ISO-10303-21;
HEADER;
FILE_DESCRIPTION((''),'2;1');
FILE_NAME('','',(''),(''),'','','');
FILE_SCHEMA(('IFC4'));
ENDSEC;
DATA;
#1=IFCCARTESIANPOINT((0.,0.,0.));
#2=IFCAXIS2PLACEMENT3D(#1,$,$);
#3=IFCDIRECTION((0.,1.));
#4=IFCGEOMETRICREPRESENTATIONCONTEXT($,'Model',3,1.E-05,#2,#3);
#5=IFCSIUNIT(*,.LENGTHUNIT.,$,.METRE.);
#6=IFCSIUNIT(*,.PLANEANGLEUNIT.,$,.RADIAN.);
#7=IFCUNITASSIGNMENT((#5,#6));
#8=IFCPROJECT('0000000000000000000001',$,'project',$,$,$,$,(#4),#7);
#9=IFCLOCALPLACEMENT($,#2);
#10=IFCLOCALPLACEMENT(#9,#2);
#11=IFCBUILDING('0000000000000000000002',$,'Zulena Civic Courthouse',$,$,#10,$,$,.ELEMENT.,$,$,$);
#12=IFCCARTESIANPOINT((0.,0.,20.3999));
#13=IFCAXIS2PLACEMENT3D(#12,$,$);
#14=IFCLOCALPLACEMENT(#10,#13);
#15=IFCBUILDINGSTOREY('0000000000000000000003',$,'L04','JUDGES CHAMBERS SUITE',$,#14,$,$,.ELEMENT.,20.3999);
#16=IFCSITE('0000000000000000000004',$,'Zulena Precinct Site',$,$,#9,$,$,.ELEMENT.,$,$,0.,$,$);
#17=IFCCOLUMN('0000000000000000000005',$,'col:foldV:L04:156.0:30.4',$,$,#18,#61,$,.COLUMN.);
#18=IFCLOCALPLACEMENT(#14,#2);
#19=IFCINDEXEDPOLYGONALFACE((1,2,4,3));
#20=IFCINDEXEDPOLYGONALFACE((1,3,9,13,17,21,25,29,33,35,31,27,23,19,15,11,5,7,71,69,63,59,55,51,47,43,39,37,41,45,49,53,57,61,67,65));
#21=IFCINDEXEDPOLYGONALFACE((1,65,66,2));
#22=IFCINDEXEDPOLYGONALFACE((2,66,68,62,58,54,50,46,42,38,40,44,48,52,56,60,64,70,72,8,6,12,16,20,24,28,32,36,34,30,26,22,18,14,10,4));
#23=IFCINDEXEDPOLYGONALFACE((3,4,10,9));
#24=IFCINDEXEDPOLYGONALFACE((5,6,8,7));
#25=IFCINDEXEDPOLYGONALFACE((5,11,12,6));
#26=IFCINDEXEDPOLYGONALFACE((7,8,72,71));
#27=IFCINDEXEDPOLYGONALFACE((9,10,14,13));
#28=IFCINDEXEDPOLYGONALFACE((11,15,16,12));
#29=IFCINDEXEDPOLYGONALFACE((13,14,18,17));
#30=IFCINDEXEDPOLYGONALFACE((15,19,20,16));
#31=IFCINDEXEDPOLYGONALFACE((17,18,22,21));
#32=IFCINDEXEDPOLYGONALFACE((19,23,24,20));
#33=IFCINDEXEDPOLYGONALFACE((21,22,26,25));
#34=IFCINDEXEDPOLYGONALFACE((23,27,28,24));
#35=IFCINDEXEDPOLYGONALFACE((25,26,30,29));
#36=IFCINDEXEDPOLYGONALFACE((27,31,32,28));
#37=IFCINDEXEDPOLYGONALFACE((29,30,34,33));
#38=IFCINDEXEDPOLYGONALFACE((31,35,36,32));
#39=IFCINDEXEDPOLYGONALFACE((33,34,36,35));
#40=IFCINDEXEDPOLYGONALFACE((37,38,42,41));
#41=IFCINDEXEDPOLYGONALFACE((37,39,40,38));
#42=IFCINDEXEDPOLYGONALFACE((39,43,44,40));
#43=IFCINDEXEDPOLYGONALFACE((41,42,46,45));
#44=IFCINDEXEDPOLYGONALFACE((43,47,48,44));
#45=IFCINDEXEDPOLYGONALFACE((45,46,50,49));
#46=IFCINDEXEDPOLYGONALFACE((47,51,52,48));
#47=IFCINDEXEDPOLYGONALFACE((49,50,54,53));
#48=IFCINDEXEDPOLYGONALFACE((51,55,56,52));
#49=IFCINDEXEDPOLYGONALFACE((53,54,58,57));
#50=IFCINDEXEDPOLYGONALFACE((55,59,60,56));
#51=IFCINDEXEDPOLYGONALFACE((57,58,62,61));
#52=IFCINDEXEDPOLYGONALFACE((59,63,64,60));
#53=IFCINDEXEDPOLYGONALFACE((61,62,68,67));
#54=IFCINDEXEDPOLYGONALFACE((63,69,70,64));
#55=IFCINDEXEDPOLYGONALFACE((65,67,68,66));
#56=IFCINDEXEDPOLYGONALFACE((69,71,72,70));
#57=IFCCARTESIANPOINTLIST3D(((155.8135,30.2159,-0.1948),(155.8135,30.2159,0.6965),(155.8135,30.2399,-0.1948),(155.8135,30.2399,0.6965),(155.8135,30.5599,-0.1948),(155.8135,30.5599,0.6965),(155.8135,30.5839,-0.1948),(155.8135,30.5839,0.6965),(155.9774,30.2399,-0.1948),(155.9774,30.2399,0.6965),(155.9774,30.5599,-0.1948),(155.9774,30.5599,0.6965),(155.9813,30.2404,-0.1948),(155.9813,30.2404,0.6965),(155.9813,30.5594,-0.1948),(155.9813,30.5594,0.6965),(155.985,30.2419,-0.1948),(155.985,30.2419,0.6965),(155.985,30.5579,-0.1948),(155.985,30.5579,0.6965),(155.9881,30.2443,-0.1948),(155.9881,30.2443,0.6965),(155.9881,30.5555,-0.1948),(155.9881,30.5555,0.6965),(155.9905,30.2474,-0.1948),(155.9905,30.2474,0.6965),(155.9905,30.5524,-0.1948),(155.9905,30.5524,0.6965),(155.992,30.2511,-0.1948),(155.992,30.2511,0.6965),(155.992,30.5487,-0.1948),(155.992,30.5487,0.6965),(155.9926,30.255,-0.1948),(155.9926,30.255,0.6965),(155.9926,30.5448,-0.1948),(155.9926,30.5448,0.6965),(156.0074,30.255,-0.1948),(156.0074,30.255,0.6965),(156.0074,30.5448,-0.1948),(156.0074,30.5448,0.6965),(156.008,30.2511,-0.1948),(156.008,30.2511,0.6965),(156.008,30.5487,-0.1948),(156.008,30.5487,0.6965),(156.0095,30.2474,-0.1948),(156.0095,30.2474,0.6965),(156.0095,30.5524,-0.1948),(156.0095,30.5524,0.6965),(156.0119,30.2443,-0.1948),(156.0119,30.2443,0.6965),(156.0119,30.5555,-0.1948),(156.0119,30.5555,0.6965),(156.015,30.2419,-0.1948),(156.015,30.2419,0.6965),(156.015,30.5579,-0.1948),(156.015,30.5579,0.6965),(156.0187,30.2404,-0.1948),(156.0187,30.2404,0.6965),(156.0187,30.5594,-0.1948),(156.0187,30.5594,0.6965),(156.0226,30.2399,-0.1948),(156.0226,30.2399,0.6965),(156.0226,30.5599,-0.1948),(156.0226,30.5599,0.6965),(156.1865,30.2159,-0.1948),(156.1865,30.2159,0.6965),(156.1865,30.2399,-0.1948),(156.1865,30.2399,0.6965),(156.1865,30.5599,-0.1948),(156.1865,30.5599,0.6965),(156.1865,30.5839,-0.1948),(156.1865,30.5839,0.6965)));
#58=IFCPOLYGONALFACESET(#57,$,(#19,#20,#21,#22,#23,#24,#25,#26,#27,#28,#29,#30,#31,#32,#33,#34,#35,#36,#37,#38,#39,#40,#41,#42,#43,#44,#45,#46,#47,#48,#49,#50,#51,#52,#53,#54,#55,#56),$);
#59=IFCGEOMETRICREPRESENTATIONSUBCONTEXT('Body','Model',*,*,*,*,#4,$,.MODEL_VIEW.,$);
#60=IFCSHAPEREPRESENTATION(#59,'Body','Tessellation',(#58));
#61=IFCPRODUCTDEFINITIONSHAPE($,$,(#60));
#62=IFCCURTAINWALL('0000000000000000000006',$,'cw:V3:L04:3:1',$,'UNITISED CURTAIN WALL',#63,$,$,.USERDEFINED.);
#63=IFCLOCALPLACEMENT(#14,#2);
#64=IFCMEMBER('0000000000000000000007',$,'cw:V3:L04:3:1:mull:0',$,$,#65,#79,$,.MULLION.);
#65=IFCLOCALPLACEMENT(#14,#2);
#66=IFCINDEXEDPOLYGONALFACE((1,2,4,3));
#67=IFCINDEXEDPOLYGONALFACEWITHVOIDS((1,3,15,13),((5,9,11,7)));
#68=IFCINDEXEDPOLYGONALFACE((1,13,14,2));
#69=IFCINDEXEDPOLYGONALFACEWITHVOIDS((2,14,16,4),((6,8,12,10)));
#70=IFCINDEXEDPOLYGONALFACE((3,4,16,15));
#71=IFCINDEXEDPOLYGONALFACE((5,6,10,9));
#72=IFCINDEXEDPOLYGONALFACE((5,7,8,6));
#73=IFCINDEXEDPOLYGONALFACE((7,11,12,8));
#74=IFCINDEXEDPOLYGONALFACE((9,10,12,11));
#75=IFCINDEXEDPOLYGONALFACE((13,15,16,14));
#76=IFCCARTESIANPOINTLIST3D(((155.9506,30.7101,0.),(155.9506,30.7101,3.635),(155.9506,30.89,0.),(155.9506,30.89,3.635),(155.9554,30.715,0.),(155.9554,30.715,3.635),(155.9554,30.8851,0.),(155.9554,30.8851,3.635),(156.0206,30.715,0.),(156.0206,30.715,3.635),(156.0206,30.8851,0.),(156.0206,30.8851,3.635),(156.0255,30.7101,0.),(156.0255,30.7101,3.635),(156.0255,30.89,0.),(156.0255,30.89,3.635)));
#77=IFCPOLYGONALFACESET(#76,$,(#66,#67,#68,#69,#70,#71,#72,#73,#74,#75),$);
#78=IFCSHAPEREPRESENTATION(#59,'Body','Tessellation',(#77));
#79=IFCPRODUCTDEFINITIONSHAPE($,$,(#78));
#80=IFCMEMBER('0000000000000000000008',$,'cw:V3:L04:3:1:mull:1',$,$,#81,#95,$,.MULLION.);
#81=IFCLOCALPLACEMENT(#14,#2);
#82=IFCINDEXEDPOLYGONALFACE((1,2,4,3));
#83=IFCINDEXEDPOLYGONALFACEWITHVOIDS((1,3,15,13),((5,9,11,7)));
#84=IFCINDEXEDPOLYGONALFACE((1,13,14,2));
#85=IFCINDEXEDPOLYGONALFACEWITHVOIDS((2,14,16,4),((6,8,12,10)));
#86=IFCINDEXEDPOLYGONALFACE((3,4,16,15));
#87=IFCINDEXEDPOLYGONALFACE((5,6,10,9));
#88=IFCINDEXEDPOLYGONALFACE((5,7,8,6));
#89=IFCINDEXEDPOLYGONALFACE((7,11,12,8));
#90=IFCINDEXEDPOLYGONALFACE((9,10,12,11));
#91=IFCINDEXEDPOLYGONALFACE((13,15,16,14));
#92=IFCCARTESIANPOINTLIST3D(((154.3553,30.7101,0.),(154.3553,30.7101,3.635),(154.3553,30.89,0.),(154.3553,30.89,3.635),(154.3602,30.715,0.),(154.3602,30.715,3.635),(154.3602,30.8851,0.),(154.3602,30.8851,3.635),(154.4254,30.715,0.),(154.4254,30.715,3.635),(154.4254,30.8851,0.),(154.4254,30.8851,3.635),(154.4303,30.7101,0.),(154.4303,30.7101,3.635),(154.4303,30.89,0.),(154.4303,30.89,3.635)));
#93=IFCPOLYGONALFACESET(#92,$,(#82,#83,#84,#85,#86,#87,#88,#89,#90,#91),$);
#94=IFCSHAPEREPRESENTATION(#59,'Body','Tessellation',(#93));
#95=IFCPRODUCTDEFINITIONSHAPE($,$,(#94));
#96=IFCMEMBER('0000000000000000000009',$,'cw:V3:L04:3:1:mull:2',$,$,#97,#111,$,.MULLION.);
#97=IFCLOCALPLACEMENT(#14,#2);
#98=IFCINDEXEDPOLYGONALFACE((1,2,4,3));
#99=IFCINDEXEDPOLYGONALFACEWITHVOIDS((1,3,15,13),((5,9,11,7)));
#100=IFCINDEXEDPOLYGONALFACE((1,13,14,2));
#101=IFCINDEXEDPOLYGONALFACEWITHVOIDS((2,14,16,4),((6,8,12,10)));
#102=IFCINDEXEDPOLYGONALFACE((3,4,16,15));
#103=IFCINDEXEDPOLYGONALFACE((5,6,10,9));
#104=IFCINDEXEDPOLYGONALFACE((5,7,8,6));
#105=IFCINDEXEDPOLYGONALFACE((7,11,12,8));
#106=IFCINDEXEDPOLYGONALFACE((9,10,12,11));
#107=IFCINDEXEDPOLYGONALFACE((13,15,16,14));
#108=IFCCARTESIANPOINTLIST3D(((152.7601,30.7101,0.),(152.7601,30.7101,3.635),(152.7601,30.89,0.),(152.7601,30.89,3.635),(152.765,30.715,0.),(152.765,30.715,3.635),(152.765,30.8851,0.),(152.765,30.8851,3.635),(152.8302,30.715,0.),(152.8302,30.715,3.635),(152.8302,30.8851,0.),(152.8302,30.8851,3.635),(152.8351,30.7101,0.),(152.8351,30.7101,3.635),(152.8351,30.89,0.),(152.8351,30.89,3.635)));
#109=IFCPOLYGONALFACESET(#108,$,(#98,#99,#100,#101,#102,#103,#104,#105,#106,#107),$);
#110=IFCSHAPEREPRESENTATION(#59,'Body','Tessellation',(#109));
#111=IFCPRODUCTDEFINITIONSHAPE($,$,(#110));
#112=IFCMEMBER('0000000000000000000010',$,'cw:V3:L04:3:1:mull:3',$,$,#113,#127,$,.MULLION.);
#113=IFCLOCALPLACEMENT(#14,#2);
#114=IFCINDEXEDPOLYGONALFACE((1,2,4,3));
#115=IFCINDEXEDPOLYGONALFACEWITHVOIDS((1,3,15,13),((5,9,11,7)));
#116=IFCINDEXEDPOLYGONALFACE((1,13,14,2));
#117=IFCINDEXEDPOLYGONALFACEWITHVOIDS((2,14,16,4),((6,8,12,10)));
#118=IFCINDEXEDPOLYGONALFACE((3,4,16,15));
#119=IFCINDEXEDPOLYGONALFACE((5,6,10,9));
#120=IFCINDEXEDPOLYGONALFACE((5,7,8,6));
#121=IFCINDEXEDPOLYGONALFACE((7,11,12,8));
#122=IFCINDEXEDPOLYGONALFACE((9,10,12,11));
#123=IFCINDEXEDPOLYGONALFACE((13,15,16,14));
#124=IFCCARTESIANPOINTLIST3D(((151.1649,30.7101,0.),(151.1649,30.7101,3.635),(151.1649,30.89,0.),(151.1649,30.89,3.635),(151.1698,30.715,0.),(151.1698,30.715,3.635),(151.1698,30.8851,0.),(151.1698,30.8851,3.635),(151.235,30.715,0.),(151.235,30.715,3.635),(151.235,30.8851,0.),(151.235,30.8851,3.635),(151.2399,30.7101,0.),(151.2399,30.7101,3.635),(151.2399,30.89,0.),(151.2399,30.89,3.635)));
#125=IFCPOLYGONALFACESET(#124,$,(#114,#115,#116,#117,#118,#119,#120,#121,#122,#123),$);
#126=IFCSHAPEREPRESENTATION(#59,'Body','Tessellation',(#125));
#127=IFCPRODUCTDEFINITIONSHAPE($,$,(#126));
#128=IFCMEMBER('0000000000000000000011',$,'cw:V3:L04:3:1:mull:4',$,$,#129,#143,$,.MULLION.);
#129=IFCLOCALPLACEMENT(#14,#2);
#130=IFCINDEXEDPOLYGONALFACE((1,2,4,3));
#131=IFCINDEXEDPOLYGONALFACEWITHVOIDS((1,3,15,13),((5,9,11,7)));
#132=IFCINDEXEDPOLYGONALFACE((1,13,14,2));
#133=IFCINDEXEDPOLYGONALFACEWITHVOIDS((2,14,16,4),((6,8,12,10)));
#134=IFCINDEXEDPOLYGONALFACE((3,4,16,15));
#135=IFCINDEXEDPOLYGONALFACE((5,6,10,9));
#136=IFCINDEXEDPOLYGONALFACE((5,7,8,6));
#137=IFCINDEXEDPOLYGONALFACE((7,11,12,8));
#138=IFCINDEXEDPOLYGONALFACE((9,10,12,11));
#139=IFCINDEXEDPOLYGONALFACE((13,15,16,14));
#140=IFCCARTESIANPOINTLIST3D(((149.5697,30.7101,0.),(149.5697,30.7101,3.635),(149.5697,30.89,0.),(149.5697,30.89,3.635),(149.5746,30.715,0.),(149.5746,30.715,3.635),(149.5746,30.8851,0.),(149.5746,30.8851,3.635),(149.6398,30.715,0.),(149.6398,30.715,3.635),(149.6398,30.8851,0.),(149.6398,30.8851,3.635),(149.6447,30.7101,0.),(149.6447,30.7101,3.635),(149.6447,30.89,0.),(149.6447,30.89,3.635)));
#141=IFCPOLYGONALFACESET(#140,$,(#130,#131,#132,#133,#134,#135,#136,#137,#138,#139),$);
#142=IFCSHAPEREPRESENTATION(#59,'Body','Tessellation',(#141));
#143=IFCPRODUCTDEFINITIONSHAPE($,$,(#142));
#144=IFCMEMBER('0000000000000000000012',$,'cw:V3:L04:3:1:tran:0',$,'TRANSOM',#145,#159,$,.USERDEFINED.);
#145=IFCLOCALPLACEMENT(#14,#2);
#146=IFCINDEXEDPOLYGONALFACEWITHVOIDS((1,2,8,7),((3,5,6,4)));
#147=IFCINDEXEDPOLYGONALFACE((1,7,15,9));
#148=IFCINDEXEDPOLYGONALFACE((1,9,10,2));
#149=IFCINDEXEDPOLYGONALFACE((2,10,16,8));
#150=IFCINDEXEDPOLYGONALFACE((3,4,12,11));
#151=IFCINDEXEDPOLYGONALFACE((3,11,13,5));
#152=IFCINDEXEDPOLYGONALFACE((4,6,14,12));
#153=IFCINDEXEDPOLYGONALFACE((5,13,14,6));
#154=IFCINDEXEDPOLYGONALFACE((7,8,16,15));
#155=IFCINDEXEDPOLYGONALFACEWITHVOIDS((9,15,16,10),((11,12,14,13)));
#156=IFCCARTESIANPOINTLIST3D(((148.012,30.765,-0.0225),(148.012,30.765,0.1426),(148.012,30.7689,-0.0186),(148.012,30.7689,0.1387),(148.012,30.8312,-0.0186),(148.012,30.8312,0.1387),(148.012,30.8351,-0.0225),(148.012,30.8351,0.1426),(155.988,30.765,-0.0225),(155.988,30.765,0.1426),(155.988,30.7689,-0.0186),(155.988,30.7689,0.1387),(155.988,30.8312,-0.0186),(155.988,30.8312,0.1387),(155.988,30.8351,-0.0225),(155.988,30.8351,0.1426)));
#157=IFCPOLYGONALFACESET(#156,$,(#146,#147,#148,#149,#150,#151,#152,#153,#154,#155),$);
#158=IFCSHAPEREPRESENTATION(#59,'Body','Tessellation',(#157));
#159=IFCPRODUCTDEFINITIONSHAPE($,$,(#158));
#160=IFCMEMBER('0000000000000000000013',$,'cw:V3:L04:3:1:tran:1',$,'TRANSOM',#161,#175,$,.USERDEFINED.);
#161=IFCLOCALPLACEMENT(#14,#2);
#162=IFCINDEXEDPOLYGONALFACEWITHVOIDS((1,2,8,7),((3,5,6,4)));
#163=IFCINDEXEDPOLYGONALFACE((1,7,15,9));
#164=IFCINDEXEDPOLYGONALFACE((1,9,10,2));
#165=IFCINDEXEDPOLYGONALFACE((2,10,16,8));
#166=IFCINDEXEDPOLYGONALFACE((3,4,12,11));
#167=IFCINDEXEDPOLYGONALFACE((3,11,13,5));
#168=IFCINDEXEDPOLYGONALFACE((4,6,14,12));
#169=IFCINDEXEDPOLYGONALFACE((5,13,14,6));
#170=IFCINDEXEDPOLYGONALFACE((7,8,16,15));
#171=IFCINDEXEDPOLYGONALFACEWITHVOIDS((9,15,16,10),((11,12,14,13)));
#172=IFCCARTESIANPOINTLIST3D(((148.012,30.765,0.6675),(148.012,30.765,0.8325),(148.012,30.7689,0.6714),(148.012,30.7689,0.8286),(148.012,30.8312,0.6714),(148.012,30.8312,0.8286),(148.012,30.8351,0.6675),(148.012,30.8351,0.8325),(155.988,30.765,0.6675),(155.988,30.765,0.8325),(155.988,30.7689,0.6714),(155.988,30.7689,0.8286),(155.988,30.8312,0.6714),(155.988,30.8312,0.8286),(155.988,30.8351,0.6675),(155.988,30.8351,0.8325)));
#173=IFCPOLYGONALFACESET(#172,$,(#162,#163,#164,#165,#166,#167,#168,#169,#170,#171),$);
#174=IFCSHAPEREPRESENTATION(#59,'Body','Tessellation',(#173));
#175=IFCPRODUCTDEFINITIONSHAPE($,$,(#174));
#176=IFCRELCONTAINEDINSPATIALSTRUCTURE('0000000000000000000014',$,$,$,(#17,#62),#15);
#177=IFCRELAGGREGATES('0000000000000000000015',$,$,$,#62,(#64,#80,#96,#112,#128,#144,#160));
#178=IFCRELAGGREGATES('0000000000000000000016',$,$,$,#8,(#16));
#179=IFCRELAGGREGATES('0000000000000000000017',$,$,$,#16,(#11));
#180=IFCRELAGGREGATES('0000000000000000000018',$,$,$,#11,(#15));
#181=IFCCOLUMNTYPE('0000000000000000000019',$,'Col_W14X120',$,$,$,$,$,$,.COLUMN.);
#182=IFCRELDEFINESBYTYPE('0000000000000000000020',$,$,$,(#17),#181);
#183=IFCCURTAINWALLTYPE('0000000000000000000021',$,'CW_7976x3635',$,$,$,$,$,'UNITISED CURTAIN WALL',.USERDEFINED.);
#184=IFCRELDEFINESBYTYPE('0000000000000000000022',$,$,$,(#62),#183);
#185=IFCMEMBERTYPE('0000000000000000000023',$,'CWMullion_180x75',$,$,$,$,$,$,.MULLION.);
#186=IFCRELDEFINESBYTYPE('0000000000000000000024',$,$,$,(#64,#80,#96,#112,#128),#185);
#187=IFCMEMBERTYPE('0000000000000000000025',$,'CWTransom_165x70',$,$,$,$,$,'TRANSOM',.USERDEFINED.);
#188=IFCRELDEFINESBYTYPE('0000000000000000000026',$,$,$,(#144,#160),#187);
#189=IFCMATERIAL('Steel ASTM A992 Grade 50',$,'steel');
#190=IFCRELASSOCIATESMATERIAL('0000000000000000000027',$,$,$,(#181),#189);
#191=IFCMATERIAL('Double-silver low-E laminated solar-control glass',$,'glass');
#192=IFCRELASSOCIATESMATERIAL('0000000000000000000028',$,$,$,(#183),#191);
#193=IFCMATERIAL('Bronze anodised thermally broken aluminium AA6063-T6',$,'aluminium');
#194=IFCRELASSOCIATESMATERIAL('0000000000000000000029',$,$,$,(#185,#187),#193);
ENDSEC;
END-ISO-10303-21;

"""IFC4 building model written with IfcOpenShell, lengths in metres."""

from ifc_helpers import new_model, si_unit, direction, frame, origin, origin_2d, place, context, subcontext, project, spatial, hollow_rectangle, i_section, extrude, material, material_profile, profile_set, type_object, element, aggregate, save


model = new_model("IFC4")

# Units and contexts
model_context = context("Model", 3, precision=1e-05, world=origin(), true_north=direction((0.0, 1.0)))
body_context = subcontext(model_context, "Body", "Model", "MODEL_VIEW")
ifc_project = project(units=[si_unit("LENGTHUNIT", "METRE"), si_unit("PLANEANGLEUNIT", "RADIAN")], contexts=[model_context])

# Site, building, storey
site_placement = place(None, origin())
site = spatial("IfcSite", under=ifc_project, at=site_placement, Name="Zulena Precinct Site", CompositionType="ELEMENT", RefElevation=0.0)
building_placement = place(site_placement, origin())
building = spatial("IfcBuilding", under=site, at=building_placement, Name="Zulena Civic Courthouse", CompositionType="ELEMENT")
storey_placement = place(building_placement, frame((0.0, 0.0, 20.3999)))
storey = spatial("IfcBuildingStorey", under=building, at=storey_placement, Name="L04", Description="JUDGES CHAMBERS SUITE", CompositionType="ELEMENT", Elevation=20.3999)

# Column
ifc_material_1 = material(Name="Steel ASTM A992 Grade 50", Category="steel")
ifc_material_profile_1 = material_profile(ifc_material_1, i_section(OverallWidth=0.373, OverallDepth=0.3679, WebThickness=0.0149, FlangeThickness=0.0239, FilletRadius=0.0151, at=origin_2d()), Name="W14X120")
ifc_profile_set_1 = profile_set([ifc_material_profile_1], Name="Steel ASTM A992 Grade 50")
column_type = type_object("IfcColumnType", Name="Col_W14X120", PredefinedType="COLUMN", material=ifc_profile_set_1)
column_placement = place(storey_placement, frame((156.0, 30.3999, -0.1948), z_axis=(0.0, 0.0, 1.0), x_axis=(1.0, 0.0, 0.0)))
element("IfcColumn", 1, at=column_placement, inside=storey, type_object=column_type, Name="col:foldV:L04:156.0:30.4", PredefinedType="COLUMN", context=body_context, shape_type="SweptSolid", body=[
    extrude(i_section(OverallWidth=0.373, OverallDepth=0.3679, WebThickness=0.0149, FlangeThickness=0.0239, FilletRadius=0.0151, at=origin_2d()), origin(), (0.0, 0.0, 1.0), 0.8914),
])

# Curtain wall, members
ifc_material_2 = material(Name="Double-silver low-E laminated solar-control glass", Category="glass")
curtain_wall_type = type_object("IfcCurtainWallType", Name="CW_7976x3635", ElementType="UNITISED CURTAIN WALL", PredefinedType="USERDEFINED", material=ifc_material_2)
curtain_wall_placement = place(storey_placement, origin())
curtain_wall = element("IfcCurtainWall", 2, at=curtain_wall_placement, inside=storey, type_object=curtain_wall_type, Name="cw:V3:L04:3:1", ObjectType="UNITISED CURTAIN WALL", PredefinedType="USERDEFINED")
ifc_material_3 = material(Name="Bronze anodised thermally broken aluminium AA6063-T6", Category="aluminium")
ifc_material_profile_2 = material_profile(ifc_material_3, hollow_rectangle(XDim=0.075, YDim=0.1799, WallThickness=0.0049, at=origin_2d()), Name="CWM180X75X5")
ifc_profile_set_2 = profile_set([ifc_material_profile_2], Name="Bronze anodised thermally broken aluminium AA6063-T6")
member_type_1 = type_object("IfcMemberType", Name="CWMullion_180x75", PredefinedType="MULLION", material=ifc_profile_set_2)
member_1_placement = place(storey_placement, frame((155.988, 30.8, 0.0), z_axis=(0.0, 0.0, 1.0), x_axis=(1.0, 0.0, 0.0)))
member_1 = element("IfcMember", 3, at=member_1_placement, type_object=member_type_1, Name="cw:V3:L04:3:1:mull:0", PredefinedType="MULLION", context=body_context, shape_type="SweptSolid", body=[
    extrude(hollow_rectangle(XDim=0.075, YDim=0.1799, WallThickness=0.0049, at=origin_2d()), origin(), (0.0, 0.0, 1.0), 3.635),
])
member_2_placement = place(storey_placement, frame((154.3928, 30.8, 0.0), z_axis=(0.0, 0.0, 1.0), x_axis=(1.0, 0.0, 0.0)))
member_2 = element("IfcMember", 4, at=member_2_placement, type_object=member_type_1, Name="cw:V3:L04:3:1:mull:1", PredefinedType="MULLION", context=body_context, shape_type="SweptSolid", body=[
    extrude(hollow_rectangle(XDim=0.075, YDim=0.1799, WallThickness=0.0049, at=origin_2d()), origin(), (0.0, 0.0, 1.0), 3.635),
])
member_3_placement = place(storey_placement, frame((152.7976, 30.8, 0.0), z_axis=(0.0, 0.0, 1.0), x_axis=(1.0, 0.0, 0.0)))
member_3 = element("IfcMember", 5, at=member_3_placement, type_object=member_type_1, Name="cw:V3:L04:3:1:mull:2", PredefinedType="MULLION", context=body_context, shape_type="SweptSolid", body=[
    extrude(hollow_rectangle(XDim=0.075, YDim=0.1799, WallThickness=0.0049, at=origin_2d()), origin(), (0.0, 0.0, 1.0), 3.635),
])
member_4_placement = place(storey_placement, frame((151.2024, 30.8, 0.0), z_axis=(0.0, 0.0, 1.0), x_axis=(1.0, 0.0, 0.0)))
member_4 = element("IfcMember", 6, at=member_4_placement, type_object=member_type_1, Name="cw:V3:L04:3:1:mull:3", PredefinedType="MULLION", context=body_context, shape_type="SweptSolid", body=[
    extrude(hollow_rectangle(XDim=0.075, YDim=0.1799, WallThickness=0.0049, at=origin_2d()), origin(), (0.0, 0.0, 1.0), 3.635),
])
member_5_placement = place(storey_placement, frame((149.6072, 30.8, 0.0), z_axis=(0.0, 0.0, 1.0), x_axis=(1.0, 0.0, 0.0)))
member_5 = element("IfcMember", 7, at=member_5_placement, type_object=member_type_1, Name="cw:V3:L04:3:1:mull:4", PredefinedType="MULLION", context=body_context, shape_type="SweptSolid", body=[
    extrude(hollow_rectangle(XDim=0.075, YDim=0.1799, WallThickness=0.0049, at=origin_2d()), origin(), (0.0, 0.0, 1.0), 3.635),
])
ifc_material_profile_3 = material_profile(ifc_material_3, hollow_rectangle(XDim=0.0701, YDim=0.165, WallThickness=0.0039, at=origin_2d()), Name="CWT165X70X4")
ifc_profile_set_3 = profile_set([ifc_material_profile_3], Name="Bronze anodised thermally broken aluminium AA6063-T6")
member_type_2 = type_object("IfcMemberType", Name="CWTransom_165x70", ElementType="TRANSOM", PredefinedType="USERDEFINED", material=ifc_profile_set_3)
member_6_placement = place(storey_placement, frame((155.988, 30.8, 0.0601), z_axis=(-1.0, 0.0, 0.0), x_axis=(0.0, -1.0, 0.0)))
member_6 = element("IfcMember", 8, at=member_6_placement, type_object=member_type_2, Name="cw:V3:L04:3:1:tran:0", ObjectType="TRANSOM", PredefinedType="USERDEFINED", context=body_context, shape_type="SweptSolid", body=[
    extrude(hollow_rectangle(XDim=0.0701, YDim=0.165, WallThickness=0.0039, at=origin_2d()), origin(), (0.0, 0.0, 1.0), 7.9761),
])
member_7_placement = place(storey_placement, frame((155.988, 30.8, 0.75), z_axis=(-1.0, 0.0, 0.0), x_axis=(0.0, -1.0, 0.0)))
member_7 = element("IfcMember", 9, at=member_7_placement, type_object=member_type_2, Name="cw:V3:L04:3:1:tran:1", ObjectType="TRANSOM", PredefinedType="USERDEFINED", context=body_context, shape_type="SweptSolid", body=[
    extrude(hollow_rectangle(XDim=0.0701, YDim=0.165, WallThickness=0.0039, at=origin_2d()), origin(), (0.0, 0.0, 1.0), 7.9761),
])

aggregate(curtain_wall, [member_1, member_2, member_3, member_4, member_5, member_6, member_7])

save(model, "model.ifc")
